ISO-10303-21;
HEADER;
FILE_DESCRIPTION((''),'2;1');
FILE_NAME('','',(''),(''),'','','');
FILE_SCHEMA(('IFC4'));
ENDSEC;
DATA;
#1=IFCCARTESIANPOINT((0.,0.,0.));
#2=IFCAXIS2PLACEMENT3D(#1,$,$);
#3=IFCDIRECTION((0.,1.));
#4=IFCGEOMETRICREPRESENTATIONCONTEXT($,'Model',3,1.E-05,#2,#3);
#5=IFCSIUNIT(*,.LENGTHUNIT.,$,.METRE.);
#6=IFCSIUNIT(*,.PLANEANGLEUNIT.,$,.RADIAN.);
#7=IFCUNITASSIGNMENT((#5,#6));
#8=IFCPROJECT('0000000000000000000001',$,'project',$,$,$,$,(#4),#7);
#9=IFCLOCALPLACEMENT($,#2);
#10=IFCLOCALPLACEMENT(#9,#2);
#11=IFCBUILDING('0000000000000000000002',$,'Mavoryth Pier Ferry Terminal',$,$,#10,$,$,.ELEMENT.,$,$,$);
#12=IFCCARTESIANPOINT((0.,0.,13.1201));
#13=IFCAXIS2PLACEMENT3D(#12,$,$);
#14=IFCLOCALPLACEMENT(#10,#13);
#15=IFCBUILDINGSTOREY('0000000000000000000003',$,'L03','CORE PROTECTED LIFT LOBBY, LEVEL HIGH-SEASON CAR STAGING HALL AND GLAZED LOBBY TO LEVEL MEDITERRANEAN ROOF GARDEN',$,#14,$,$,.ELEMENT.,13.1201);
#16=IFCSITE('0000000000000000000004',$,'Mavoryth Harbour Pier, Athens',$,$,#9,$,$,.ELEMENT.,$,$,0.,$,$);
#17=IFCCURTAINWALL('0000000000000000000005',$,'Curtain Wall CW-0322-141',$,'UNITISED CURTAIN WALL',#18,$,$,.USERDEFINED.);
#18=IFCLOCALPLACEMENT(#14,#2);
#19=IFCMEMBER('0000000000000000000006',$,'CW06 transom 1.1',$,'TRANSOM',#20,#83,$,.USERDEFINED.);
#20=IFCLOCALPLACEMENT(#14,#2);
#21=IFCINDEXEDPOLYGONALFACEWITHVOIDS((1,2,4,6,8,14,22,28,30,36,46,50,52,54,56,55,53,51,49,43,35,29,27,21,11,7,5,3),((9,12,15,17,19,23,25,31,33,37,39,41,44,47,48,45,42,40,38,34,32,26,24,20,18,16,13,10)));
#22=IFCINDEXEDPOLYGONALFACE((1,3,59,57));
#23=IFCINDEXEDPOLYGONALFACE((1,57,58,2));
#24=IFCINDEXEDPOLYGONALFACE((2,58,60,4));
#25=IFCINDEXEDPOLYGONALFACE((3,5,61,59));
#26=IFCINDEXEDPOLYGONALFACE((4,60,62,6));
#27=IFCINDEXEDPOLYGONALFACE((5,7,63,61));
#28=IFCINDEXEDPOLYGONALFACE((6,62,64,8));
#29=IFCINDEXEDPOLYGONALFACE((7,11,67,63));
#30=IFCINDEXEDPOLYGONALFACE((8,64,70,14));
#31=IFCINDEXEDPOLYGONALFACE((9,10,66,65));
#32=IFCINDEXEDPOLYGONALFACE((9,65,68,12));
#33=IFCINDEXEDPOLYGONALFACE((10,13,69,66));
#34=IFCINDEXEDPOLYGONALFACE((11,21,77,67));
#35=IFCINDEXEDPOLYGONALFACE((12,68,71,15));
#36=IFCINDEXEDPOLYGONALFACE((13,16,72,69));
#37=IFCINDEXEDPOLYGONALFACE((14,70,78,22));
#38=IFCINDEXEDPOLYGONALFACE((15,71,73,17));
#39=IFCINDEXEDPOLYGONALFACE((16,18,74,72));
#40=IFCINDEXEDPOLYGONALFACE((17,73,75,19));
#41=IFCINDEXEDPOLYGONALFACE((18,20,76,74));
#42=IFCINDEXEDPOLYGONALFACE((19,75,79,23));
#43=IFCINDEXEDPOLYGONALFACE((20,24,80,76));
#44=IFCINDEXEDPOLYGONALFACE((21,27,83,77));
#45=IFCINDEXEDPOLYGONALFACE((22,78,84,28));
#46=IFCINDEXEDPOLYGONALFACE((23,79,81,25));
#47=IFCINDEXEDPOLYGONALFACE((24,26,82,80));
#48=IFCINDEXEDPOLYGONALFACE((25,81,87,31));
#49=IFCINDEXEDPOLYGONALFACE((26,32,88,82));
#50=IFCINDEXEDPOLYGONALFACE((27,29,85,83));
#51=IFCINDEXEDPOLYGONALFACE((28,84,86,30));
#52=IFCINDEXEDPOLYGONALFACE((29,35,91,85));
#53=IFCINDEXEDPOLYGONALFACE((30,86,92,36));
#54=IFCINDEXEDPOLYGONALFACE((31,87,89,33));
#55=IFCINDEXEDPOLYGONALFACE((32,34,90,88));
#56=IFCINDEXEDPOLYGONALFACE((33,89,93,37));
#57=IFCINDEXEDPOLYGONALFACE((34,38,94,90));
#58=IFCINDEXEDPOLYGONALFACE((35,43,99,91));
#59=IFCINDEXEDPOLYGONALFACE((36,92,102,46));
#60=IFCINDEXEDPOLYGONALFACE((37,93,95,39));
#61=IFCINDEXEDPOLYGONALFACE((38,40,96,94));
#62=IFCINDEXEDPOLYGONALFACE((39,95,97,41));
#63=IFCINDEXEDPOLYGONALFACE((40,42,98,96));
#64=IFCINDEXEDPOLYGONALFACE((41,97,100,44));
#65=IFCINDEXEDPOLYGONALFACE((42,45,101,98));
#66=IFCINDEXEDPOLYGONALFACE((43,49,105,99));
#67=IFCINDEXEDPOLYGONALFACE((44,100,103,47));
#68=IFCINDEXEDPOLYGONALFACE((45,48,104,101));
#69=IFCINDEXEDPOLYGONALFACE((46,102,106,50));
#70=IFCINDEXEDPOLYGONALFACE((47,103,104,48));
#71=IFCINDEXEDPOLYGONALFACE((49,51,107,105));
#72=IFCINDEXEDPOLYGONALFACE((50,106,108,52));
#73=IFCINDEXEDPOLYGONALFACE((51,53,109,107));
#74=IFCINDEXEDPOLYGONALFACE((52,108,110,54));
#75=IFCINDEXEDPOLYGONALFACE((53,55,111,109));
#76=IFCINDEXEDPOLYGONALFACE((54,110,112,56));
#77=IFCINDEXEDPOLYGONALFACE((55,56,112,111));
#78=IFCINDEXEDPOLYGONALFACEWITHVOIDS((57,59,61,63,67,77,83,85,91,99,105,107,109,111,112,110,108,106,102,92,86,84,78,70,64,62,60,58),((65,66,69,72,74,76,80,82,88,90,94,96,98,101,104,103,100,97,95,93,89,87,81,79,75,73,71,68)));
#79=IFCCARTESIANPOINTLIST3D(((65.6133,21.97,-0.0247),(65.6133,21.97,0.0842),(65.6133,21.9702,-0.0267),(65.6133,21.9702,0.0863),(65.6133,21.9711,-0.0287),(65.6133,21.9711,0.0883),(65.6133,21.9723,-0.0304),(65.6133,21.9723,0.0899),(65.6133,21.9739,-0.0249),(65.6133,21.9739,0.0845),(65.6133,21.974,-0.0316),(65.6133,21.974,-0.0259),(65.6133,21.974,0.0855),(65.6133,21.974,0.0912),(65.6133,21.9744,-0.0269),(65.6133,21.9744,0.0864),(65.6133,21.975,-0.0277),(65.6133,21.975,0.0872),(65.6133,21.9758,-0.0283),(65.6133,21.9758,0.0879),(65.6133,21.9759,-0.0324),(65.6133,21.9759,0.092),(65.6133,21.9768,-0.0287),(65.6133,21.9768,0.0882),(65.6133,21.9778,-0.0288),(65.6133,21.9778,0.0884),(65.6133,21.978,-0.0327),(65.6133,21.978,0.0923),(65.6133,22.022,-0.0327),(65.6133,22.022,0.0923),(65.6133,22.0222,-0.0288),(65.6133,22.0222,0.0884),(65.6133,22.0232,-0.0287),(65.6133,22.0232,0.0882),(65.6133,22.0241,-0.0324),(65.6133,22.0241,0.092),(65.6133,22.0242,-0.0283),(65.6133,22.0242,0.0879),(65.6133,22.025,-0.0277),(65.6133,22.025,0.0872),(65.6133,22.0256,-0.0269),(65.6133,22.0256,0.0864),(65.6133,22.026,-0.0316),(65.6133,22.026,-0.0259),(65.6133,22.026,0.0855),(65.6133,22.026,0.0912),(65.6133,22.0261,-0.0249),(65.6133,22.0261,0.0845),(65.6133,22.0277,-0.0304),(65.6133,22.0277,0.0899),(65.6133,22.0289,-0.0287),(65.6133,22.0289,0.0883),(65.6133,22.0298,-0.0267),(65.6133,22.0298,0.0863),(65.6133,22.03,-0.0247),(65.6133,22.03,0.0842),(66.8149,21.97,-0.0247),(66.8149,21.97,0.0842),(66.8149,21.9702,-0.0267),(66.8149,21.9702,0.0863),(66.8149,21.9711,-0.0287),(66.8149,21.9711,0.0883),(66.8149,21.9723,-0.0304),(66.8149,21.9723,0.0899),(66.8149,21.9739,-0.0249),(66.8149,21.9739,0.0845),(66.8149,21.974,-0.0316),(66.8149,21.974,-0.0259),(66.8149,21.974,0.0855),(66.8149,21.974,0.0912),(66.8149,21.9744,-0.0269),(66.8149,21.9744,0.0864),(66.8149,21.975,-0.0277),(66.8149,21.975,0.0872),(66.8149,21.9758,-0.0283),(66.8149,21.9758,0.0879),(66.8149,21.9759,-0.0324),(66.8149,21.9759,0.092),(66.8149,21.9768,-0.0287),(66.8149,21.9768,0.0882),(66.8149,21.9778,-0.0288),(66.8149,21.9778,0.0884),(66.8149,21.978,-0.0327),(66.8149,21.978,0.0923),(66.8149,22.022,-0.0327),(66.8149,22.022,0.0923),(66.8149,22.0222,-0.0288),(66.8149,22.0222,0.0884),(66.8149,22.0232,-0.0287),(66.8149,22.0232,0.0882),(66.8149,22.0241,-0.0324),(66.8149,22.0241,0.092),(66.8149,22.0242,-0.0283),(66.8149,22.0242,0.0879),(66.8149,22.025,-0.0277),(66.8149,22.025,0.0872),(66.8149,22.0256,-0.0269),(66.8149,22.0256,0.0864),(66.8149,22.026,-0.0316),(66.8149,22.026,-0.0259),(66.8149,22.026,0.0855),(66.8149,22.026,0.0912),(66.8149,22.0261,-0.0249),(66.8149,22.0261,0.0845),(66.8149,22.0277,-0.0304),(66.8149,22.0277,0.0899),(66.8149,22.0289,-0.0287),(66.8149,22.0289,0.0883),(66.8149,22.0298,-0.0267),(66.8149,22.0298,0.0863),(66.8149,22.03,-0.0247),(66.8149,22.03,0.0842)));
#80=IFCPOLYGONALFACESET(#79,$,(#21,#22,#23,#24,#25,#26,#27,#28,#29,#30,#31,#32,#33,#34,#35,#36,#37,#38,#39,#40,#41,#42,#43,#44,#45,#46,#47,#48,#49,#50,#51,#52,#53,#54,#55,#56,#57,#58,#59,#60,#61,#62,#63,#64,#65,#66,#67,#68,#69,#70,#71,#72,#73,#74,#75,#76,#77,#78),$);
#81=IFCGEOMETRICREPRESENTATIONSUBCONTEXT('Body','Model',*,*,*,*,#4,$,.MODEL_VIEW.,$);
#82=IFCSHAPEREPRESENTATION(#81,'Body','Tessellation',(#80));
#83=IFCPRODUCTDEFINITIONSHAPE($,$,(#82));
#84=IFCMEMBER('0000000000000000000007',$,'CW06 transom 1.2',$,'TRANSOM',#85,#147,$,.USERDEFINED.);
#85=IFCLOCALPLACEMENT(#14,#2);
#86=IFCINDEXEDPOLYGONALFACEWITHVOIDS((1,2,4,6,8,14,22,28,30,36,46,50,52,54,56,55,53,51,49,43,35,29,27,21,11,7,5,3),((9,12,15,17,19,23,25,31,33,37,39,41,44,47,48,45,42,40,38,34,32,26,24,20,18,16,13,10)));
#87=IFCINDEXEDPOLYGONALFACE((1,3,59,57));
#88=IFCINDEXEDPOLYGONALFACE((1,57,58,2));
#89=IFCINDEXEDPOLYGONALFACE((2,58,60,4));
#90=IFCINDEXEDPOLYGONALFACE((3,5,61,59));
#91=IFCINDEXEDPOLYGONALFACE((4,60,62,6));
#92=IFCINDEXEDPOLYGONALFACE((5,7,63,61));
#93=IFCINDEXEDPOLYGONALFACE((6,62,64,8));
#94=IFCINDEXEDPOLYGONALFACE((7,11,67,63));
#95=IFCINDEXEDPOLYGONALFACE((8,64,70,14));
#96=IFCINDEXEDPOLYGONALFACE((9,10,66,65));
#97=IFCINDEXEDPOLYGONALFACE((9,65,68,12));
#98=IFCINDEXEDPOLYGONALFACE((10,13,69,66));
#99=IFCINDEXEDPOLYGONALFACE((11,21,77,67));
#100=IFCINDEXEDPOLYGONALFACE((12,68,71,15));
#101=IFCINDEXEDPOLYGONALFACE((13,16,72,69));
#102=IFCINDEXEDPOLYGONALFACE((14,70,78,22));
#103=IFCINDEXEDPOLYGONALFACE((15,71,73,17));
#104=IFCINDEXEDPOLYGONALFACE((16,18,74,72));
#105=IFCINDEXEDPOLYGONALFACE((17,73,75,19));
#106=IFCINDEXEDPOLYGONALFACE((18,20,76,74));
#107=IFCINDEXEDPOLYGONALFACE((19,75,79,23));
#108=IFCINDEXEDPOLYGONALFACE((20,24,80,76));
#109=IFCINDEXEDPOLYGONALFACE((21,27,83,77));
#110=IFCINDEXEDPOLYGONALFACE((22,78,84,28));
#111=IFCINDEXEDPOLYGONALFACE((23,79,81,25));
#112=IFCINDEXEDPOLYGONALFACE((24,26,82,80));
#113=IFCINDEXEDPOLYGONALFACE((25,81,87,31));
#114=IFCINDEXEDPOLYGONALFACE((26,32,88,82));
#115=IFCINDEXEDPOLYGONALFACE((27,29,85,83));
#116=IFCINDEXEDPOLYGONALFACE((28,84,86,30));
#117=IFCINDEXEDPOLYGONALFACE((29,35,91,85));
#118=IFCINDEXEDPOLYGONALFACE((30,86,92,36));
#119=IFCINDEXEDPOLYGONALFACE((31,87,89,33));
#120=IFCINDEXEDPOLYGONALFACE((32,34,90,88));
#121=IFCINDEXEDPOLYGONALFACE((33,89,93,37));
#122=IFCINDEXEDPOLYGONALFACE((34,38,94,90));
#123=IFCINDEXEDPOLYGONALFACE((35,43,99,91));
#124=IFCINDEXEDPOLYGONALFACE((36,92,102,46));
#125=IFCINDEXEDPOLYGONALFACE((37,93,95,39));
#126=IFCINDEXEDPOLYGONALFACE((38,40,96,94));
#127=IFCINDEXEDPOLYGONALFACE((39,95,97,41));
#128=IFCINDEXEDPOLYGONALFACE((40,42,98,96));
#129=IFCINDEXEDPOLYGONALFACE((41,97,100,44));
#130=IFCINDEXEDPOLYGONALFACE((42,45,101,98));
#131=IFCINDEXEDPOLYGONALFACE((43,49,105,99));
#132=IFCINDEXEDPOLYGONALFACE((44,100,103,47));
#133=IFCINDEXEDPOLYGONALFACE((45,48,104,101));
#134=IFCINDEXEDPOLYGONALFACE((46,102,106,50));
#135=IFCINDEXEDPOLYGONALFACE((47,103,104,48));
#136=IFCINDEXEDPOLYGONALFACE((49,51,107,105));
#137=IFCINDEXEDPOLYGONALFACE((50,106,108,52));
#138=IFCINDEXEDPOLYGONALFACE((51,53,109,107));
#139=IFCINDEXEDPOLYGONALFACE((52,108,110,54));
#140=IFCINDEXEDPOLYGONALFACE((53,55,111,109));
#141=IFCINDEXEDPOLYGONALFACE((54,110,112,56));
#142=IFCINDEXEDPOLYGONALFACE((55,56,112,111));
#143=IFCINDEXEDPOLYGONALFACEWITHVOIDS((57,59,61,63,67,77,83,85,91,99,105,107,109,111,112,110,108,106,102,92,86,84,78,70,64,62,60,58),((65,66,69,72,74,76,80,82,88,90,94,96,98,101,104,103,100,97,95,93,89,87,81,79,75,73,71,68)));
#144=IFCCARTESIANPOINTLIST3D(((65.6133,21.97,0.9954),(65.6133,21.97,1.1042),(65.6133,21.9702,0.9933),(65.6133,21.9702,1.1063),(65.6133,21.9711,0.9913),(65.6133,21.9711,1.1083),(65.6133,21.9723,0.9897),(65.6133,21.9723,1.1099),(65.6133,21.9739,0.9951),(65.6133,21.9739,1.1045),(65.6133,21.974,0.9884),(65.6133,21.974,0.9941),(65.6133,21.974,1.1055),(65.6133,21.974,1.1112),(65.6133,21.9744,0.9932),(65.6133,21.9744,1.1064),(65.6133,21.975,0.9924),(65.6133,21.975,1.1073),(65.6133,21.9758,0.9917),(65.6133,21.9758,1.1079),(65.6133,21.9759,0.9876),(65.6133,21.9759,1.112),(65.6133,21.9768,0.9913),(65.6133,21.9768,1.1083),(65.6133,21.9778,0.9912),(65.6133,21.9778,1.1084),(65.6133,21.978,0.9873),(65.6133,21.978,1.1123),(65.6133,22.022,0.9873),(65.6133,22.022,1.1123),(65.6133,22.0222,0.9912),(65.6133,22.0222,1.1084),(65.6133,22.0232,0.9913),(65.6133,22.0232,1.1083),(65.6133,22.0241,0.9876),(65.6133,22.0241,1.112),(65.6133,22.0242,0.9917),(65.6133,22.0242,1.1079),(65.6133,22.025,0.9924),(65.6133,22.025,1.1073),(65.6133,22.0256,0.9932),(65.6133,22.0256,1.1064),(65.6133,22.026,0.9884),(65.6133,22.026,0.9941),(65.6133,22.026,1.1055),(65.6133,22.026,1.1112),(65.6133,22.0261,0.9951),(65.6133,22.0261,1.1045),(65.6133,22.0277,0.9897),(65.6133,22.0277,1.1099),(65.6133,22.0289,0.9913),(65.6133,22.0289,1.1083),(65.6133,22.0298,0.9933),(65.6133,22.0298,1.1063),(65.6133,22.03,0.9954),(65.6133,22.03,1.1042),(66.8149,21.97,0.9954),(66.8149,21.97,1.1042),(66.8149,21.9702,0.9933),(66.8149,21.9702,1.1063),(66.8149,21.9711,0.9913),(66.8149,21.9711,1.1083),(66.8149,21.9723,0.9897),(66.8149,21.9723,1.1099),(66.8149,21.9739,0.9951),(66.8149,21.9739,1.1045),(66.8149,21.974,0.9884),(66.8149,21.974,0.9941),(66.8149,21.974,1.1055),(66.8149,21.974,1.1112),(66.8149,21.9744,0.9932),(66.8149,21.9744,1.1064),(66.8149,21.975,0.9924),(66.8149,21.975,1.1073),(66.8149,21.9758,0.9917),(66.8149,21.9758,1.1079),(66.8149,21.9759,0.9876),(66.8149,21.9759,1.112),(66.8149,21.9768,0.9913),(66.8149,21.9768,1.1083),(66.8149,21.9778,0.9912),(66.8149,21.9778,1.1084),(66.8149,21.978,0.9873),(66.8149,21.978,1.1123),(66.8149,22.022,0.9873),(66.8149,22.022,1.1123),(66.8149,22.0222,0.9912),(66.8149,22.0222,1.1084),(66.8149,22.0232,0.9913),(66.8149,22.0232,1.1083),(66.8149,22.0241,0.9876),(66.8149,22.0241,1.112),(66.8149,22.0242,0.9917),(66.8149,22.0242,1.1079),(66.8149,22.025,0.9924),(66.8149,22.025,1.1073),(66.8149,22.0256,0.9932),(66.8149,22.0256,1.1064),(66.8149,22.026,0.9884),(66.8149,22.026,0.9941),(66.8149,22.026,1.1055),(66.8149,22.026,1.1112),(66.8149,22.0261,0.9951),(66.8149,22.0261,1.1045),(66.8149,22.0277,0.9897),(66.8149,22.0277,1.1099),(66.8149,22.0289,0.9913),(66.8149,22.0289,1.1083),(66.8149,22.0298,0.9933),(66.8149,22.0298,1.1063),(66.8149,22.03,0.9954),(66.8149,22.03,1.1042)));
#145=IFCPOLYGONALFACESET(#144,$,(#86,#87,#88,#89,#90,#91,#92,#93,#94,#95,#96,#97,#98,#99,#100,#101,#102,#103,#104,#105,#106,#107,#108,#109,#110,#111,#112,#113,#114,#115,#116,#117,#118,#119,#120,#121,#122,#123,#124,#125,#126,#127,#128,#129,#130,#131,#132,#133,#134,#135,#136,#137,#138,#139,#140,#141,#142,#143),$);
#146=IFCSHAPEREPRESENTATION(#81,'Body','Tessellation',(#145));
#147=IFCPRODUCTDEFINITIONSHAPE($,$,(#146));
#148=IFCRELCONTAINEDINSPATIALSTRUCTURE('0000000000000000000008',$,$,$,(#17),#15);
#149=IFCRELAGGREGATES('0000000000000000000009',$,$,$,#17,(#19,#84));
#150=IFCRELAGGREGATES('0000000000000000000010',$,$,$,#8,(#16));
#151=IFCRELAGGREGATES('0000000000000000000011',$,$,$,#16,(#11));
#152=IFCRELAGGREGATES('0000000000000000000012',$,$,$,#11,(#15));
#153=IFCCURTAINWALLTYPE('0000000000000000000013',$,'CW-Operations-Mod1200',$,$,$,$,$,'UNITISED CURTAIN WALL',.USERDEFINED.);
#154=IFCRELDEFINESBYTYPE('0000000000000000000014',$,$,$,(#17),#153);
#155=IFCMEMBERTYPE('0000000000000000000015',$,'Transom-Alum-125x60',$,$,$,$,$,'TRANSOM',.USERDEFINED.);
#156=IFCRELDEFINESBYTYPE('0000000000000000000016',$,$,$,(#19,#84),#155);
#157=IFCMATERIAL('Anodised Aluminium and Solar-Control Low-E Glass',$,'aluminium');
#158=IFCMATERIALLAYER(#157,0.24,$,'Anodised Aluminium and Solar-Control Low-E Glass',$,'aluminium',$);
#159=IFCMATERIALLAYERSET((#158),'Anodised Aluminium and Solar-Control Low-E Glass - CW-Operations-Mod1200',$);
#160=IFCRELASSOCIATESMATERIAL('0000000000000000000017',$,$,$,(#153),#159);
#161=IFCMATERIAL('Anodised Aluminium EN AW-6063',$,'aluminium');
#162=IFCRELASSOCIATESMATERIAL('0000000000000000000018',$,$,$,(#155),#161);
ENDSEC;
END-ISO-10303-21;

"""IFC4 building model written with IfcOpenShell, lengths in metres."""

from ifc_helpers import new_model, si_unit, direction, frame, origin, origin_2d, place, context, subcontext, project, spatial, hollow_rectangle, extrude, material, layer, layer_set, material_profile, profile_set, type_object, element, aggregate, save


model = new_model("IFC4")

# Units and contexts
model_context = context("Model", 3, precision=1e-05, world=origin(), true_north=direction((0.0, 1.0)))
body_context = subcontext(model_context, "Body", "Model", "MODEL_VIEW")
ifc_project = project(units=[si_unit("LENGTHUNIT", "METRE"), si_unit("PLANEANGLEUNIT", "RADIAN")], contexts=[model_context])

# Site, building, storey
site_placement = place(None, origin())
site = spatial("IfcSite", under=ifc_project, at=site_placement, Name="Mavoryth Harbour Pier, Athens", CompositionType="ELEMENT", RefElevation=0.0)
building_placement = place(site_placement, origin())
building = spatial("IfcBuilding", under=site, at=building_placement, Name="Mavoryth Pier Ferry Terminal", CompositionType="ELEMENT")
storey_placement = place(building_placement, frame((0.0, 0.0, 13.1201)))
storey = spatial("IfcBuildingStorey", under=building, at=storey_placement, Name="L03", Description="CORE PROTECTED LIFT LOBBY, LEVEL HIGH-SEASON CAR STAGING HALL AND GLAZED LOBBY TO LEVEL MEDITERRANEAN ROOF GARDEN", CompositionType="ELEMENT", Elevation=13.1201)

# Curtain wall
ifc_material_1 = material(Name="Anodised Aluminium and Solar-Control Low-E Glass", Category="aluminium")
ifc_layer_1 = layer(ifc_material_1, 0.24, Name="Anodised Aluminium and Solar-Control Low-E Glass", Category="aluminium")
ifc_layer_set_1 = layer_set([ifc_layer_1], Name="Anodised Aluminium and Solar-Control Low-E Glass - CW-Operations-Mod1200")
curtain_wall_type = type_object("IfcCurtainWallType", Name="CW-Operations-Mod1200", ElementType="UNITISED CURTAIN WALL", PredefinedType="USERDEFINED", material=ifc_layer_set_1)
curtain_wall_1_placement = place(storey_placement, origin())
curtain_wall_1 = element("IfcCurtainWall", 1, at=curtain_wall_1_placement, inside=storey, type_object=curtain_wall_type, Name="Curtain Wall CW-0322-141", ObjectType="UNITISED CURTAIN WALL", PredefinedType="USERDEFINED")
ifc_material_2 = material(Name="Anodised Aluminium EN AW-6063", Category="aluminium")

# Members
ifc_material_profile_1 = material_profile(ifc_material_2, hollow_rectangle(XDim=0.0601, YDim=0.125, WallThickness=0.0039, InnerFilletRadius=0.0039, OuterFilletRadius=0.0081, at=origin_2d()), Name="AL-TRAN 125x60x4", Category="aluminium")
ifc_profile_set_1 = profile_set([ifc_material_profile_1], Name="Anodised Aluminium EN AW-6063 - AL-TRAN 125x60x4")
member_type_1 = type_object("IfcMemberType", Name="Transom-Alum-125x60", ElementType="TRANSOM", PredefinedType="USERDEFINED", material=ifc_profile_set_1)
member_1_placement = place(storey_placement, frame((66.8149, 22.0, 0.0298), z_axis=(-1.0, 0.0, 0.0), x_axis=(0.0, -1.0, 0.0)))
member_1 = element("IfcMember", 2, at=member_1_placement, type_object=member_type_1, Name="CW06 transom 1.1", ObjectType="TRANSOM", PredefinedType="USERDEFINED", context=body_context, shape_type="SweptSolid", body=[
    extrude(hollow_rectangle(XDim=0.0601, YDim=0.125, WallThickness=0.0039, InnerFilletRadius=0.0039, OuterFilletRadius=0.0081, at=origin_2d()), origin(), (0.0, 0.0, 1.0), 1.2017),
])
member_2_placement = place(storey_placement, frame((66.8149, 22.0, 1.0498), z_axis=(-1.0, 0.0, 0.0), x_axis=(0.0, -1.0, 0.0)))
member_2 = element("IfcMember", 3, at=member_2_placement, type_object=member_type_1, Name="CW06 transom 1.2", ObjectType="TRANSOM", PredefinedType="USERDEFINED", context=body_context, shape_type="SweptSolid", body=[
    extrude(hollow_rectangle(XDim=0.0601, YDim=0.125, WallThickness=0.0039, InnerFilletRadius=0.0039, OuterFilletRadius=0.0081, at=origin_2d()), origin(), (0.0, 0.0, 1.0), 1.2017),
])

aggregate(curtain_wall_1, [member_1, member_2])

save(model, "model.ifc")
